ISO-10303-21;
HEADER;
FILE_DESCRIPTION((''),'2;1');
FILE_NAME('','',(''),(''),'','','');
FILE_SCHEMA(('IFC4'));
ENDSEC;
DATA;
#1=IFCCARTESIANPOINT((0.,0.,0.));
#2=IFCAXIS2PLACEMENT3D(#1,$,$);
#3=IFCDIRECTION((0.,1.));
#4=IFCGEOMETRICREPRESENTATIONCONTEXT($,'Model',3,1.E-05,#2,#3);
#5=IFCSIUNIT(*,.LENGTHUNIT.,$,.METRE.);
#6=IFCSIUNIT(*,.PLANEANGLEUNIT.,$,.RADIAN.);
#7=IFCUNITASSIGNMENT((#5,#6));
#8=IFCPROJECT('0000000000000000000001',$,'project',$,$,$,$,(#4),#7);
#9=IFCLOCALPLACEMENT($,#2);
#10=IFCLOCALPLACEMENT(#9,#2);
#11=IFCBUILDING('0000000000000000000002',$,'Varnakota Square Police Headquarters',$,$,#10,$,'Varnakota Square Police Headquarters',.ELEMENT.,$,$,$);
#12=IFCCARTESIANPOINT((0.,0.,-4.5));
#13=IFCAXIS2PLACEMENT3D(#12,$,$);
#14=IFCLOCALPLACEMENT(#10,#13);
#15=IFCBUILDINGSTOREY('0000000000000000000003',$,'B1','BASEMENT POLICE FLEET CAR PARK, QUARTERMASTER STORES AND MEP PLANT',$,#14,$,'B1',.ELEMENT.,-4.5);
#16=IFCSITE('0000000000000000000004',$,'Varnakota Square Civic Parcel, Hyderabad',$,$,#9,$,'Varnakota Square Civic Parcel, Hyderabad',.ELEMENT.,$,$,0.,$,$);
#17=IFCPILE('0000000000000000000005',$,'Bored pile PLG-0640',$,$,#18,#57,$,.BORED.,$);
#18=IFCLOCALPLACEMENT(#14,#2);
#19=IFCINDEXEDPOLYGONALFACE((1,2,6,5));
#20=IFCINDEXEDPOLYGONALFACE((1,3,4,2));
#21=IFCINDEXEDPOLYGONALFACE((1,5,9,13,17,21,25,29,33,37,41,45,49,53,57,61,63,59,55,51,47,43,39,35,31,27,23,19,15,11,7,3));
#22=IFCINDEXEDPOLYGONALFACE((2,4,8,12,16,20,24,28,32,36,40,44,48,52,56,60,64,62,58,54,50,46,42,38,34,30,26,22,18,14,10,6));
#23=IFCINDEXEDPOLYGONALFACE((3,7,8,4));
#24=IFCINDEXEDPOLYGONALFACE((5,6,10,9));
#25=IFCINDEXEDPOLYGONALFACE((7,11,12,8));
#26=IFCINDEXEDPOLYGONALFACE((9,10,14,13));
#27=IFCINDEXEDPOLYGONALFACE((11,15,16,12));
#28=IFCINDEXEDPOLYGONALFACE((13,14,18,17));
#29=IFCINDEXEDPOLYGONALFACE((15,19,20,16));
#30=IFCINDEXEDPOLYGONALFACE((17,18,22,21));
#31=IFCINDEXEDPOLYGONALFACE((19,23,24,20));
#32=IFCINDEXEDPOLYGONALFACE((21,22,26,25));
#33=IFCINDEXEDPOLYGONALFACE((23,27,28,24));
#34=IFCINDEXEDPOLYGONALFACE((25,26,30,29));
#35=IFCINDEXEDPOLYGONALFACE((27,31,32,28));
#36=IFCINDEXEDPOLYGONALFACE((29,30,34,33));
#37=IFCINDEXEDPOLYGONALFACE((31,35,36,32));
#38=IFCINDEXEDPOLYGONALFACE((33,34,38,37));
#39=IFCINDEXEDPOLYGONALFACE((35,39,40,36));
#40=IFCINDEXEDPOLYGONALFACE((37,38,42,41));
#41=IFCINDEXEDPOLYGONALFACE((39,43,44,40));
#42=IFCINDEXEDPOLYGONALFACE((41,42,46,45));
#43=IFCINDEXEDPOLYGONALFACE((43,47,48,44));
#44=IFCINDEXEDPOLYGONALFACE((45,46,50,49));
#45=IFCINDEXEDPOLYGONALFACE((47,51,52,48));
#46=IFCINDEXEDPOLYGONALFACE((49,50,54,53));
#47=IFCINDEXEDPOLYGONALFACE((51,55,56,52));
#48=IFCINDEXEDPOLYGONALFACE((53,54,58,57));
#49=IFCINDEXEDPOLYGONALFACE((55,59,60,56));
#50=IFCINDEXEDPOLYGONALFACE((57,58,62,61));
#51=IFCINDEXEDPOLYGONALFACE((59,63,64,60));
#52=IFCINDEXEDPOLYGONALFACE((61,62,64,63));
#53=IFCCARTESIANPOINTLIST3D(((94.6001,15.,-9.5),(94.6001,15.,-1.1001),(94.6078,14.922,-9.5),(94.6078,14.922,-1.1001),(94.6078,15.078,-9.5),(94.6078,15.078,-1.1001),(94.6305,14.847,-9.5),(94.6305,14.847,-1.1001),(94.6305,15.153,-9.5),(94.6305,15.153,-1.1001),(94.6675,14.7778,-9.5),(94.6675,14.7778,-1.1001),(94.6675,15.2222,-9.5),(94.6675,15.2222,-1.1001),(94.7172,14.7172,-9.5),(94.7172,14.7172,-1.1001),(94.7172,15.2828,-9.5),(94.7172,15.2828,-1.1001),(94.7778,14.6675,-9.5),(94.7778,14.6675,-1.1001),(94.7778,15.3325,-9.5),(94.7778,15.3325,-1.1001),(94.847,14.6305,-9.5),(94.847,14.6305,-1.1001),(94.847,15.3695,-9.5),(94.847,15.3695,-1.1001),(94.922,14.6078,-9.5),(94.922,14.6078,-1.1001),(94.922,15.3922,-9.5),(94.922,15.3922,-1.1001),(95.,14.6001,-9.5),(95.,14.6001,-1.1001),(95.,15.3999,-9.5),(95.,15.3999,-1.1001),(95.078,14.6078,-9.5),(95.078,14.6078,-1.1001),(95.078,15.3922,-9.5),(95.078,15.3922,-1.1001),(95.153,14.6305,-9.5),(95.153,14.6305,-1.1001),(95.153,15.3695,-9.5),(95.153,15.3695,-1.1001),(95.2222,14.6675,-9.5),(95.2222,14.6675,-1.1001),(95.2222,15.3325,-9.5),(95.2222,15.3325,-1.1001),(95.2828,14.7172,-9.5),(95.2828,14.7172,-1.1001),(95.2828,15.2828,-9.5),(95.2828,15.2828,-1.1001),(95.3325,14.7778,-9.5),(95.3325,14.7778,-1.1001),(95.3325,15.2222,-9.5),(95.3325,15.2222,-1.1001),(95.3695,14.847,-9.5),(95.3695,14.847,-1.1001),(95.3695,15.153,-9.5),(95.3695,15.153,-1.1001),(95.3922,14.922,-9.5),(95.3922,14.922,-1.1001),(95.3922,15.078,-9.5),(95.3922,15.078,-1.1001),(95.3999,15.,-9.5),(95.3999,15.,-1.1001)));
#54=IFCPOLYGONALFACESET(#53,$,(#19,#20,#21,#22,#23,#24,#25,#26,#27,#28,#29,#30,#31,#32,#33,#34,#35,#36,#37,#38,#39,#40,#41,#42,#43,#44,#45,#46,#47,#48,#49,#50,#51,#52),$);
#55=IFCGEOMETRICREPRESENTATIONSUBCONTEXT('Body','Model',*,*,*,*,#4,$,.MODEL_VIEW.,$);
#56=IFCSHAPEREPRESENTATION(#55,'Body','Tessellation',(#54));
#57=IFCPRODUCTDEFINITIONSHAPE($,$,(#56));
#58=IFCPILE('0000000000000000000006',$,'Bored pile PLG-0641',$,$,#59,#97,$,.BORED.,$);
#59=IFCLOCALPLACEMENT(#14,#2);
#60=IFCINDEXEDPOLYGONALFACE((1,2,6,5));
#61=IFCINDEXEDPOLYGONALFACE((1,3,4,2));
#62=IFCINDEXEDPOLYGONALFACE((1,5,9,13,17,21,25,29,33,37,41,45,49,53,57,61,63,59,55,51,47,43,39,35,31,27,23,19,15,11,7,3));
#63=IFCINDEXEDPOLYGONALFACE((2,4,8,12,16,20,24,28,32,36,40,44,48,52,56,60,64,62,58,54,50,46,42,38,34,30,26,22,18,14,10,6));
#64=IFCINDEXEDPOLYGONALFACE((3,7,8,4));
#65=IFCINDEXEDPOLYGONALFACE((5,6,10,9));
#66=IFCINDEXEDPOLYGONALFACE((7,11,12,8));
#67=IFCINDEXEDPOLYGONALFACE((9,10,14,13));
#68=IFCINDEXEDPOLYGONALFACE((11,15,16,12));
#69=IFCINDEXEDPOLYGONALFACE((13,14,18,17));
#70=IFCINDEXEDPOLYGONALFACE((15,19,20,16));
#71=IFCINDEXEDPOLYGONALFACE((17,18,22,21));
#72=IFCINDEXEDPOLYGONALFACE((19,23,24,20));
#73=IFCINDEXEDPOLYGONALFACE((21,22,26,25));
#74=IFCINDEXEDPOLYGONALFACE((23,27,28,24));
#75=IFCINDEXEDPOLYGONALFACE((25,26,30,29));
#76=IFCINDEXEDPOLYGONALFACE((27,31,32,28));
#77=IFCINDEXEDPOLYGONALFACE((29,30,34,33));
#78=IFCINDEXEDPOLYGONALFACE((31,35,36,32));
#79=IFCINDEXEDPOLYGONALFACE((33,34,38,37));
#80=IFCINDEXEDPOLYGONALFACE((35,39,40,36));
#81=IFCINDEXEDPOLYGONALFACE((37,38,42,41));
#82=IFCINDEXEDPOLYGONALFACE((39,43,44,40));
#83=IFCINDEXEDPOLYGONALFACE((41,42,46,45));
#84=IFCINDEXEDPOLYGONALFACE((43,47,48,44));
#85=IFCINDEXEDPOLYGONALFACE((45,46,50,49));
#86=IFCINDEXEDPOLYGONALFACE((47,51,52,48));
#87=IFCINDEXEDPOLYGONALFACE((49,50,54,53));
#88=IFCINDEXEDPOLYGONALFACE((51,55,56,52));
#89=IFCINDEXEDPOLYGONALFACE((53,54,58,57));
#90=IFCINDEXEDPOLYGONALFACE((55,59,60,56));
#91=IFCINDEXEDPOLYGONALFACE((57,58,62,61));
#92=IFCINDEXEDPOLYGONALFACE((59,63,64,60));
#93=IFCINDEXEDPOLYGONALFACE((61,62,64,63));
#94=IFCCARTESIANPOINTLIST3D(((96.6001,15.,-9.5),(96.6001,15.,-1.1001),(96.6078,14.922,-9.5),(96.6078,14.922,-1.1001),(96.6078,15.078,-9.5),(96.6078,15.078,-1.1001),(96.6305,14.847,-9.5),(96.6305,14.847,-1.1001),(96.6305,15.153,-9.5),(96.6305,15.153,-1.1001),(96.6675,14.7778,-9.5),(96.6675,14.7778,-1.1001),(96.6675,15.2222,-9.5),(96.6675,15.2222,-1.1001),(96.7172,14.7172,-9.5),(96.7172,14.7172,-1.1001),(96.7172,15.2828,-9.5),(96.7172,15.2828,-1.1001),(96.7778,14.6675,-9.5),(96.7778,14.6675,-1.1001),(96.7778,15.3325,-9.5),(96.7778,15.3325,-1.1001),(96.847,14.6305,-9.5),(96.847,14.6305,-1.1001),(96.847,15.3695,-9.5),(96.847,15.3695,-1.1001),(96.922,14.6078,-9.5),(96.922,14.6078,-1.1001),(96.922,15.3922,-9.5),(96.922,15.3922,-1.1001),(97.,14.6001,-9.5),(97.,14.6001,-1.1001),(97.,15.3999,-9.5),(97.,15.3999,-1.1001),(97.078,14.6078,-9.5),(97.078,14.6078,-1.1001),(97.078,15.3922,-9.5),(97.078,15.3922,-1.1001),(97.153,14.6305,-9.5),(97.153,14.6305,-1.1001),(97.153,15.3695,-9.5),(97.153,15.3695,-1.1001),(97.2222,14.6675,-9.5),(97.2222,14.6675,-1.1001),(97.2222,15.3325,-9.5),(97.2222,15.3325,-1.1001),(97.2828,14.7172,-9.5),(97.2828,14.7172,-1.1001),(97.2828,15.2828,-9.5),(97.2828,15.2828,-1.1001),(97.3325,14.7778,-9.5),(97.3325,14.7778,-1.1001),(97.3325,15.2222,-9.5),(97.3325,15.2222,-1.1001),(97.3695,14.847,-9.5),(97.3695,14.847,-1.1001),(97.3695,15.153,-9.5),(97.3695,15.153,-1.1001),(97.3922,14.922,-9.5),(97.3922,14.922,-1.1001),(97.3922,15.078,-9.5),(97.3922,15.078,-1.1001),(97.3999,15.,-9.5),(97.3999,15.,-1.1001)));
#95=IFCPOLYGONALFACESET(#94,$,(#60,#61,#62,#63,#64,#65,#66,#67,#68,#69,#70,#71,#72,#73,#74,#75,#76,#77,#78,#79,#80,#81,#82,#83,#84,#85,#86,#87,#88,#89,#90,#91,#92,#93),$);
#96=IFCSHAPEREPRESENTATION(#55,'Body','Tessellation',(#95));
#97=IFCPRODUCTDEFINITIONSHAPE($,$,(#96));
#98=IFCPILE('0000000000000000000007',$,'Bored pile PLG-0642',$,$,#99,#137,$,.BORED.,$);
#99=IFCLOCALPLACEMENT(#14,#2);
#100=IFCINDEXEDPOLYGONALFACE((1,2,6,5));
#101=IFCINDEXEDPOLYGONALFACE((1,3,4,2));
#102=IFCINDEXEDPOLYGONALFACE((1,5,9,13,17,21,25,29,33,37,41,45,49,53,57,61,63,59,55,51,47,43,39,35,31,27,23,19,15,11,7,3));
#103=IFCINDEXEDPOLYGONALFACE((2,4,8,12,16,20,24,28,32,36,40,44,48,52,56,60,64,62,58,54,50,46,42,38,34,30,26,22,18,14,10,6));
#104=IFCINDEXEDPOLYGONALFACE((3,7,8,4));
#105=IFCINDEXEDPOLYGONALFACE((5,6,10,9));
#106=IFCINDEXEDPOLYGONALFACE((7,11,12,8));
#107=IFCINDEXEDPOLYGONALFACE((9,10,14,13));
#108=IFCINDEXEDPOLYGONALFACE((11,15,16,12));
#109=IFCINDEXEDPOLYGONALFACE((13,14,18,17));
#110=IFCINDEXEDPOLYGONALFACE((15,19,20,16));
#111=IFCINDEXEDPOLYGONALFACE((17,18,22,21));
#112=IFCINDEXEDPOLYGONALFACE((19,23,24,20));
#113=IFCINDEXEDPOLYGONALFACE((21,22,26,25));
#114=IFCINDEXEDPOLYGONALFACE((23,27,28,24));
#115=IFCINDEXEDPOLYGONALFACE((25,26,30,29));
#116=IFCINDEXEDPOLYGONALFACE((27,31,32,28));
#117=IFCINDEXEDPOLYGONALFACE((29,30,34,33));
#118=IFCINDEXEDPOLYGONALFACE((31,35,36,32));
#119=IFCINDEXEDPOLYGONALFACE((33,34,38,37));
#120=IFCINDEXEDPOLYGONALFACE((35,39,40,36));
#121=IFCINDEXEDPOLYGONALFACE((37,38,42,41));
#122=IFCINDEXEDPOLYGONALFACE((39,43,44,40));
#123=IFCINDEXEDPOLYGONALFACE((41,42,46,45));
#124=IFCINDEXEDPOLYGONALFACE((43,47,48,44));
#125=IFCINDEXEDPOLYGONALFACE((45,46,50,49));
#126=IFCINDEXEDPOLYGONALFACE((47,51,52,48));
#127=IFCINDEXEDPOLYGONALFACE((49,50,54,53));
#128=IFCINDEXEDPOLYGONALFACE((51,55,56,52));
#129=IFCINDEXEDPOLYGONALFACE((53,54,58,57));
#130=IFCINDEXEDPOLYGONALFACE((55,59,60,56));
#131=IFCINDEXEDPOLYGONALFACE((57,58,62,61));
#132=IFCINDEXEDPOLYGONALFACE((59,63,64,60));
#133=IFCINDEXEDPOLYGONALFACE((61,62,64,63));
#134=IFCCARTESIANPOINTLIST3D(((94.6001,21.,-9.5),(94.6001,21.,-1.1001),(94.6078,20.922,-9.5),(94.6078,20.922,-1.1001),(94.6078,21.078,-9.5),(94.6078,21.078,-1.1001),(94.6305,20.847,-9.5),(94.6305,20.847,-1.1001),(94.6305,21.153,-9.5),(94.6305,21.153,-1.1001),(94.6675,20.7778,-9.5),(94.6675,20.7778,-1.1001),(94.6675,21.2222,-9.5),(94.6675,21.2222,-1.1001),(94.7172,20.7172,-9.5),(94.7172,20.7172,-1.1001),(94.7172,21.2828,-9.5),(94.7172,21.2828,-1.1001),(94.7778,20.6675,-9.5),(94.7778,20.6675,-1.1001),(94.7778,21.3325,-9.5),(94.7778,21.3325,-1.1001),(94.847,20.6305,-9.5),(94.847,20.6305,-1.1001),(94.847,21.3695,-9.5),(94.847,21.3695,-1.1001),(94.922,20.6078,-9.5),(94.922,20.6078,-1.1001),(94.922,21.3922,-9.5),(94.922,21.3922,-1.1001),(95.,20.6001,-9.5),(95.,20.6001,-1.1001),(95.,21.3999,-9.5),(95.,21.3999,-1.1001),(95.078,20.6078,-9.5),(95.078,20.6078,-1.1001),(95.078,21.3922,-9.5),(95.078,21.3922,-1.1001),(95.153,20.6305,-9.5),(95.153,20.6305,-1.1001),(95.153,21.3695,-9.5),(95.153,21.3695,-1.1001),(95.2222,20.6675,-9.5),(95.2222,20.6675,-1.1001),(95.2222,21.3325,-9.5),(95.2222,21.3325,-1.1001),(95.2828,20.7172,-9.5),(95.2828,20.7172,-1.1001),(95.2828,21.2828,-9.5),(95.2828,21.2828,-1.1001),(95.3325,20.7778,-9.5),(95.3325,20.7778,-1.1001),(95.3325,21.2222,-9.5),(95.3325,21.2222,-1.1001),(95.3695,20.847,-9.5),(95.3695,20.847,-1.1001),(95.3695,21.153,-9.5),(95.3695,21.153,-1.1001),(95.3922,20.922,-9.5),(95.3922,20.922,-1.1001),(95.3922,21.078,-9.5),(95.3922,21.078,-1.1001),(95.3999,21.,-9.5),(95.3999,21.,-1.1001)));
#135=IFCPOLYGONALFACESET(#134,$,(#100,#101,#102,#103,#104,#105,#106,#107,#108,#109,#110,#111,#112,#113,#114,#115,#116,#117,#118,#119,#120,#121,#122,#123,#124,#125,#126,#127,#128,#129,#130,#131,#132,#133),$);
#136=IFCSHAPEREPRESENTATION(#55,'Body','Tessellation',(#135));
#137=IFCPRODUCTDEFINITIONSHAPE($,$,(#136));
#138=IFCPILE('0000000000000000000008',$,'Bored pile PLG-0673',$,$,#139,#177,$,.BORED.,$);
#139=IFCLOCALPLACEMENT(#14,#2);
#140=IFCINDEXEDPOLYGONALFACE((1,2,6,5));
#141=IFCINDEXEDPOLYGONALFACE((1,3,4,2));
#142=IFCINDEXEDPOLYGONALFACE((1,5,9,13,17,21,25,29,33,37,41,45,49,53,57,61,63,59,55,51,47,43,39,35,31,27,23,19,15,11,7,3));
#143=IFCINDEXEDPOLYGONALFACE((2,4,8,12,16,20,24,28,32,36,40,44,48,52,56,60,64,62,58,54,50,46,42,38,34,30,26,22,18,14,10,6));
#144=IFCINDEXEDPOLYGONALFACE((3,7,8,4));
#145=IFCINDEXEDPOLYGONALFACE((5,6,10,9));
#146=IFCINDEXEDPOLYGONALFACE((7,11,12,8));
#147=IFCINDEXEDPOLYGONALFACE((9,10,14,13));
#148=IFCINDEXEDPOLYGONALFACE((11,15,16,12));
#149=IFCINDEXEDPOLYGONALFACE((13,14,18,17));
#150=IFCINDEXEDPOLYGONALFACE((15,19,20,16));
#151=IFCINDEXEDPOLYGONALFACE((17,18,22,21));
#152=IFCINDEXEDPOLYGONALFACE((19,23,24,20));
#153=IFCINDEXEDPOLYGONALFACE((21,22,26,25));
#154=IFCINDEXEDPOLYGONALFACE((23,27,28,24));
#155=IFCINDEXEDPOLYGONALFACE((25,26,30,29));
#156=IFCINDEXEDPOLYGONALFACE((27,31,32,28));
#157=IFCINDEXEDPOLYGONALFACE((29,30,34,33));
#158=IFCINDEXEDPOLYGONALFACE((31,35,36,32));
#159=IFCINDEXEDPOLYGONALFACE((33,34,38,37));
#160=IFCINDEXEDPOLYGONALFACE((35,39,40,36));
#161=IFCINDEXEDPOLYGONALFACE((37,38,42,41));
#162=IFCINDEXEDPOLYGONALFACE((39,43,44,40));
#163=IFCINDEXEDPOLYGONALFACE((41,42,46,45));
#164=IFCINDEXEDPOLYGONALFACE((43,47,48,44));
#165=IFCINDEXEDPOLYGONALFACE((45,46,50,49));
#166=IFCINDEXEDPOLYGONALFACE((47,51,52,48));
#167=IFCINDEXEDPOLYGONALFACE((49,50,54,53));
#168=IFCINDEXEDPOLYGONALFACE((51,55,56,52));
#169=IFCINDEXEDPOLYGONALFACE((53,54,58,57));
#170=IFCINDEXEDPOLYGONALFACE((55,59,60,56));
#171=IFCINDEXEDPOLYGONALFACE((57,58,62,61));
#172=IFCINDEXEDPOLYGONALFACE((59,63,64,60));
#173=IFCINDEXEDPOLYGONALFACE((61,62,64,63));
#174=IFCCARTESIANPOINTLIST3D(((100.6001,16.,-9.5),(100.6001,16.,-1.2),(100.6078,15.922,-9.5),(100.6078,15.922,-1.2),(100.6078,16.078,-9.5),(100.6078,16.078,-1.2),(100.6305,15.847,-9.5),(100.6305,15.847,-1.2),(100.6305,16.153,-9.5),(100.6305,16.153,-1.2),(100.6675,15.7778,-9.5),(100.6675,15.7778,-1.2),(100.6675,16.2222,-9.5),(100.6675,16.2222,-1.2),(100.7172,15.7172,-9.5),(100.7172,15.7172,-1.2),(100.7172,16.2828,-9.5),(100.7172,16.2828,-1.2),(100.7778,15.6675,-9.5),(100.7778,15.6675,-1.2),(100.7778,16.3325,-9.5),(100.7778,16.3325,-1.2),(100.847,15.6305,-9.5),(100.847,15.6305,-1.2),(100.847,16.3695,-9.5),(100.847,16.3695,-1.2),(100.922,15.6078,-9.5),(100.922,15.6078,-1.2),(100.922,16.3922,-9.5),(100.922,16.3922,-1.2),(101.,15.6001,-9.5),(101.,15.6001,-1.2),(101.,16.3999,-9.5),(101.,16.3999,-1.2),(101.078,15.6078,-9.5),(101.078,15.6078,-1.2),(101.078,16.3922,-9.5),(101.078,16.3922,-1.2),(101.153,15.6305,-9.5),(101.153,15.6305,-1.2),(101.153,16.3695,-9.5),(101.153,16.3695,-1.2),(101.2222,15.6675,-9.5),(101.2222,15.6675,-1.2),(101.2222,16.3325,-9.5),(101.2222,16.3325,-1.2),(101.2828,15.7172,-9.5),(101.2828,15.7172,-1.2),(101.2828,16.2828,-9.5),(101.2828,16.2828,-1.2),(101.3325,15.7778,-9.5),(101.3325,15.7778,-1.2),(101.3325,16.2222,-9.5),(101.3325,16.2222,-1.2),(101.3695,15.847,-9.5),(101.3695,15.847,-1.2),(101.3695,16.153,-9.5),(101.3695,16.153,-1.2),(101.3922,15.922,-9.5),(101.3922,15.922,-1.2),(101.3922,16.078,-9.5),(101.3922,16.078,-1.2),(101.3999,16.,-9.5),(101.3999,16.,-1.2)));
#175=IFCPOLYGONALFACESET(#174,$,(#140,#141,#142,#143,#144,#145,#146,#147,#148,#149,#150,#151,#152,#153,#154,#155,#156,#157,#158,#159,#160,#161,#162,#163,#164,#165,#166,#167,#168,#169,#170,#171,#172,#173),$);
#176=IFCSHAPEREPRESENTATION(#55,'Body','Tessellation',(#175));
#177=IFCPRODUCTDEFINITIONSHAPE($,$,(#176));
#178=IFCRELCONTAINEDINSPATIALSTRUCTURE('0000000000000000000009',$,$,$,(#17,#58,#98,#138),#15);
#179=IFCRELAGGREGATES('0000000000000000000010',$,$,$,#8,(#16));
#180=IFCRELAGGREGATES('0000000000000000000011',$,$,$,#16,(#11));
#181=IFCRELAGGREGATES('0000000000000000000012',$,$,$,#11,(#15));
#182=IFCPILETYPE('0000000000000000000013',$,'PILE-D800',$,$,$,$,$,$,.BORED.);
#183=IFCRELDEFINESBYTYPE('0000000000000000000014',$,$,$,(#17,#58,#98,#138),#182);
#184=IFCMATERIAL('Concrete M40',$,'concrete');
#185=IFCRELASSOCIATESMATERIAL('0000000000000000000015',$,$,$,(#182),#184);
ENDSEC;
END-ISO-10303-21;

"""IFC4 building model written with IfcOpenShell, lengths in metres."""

from ifc_helpers import new_model, si_unit, direction, frame, origin, origin_2d, place, context, subcontext, project, spatial, circle, extrude, material, material_profile, profile_set, type_object, element, save


model = new_model("IFC4")

# Units and contexts
model_context = context("Model", 3, precision=1e-05, world=origin(), true_north=direction((0.0, 1.0)))
body_context = subcontext(model_context, "Body", "Model", "MODEL_VIEW")
ifc_project = project(units=[si_unit("LENGTHUNIT", "METRE"), si_unit("PLANEANGLEUNIT", "RADIAN")], contexts=[model_context])

# Site, building, storey
site_placement = place(None, origin())
site = spatial("IfcSite", under=ifc_project, at=site_placement, Name="Varnakota Square Civic Parcel, Hyderabad", LongName="Varnakota Square Civic Parcel, Hyderabad", CompositionType="ELEMENT", RefElevation=0.0)
building_placement = place(site_placement, origin())
building = spatial("IfcBuilding", under=site, at=building_placement, Name="Varnakota Square Police Headquarters", LongName="Varnakota Square Police Headquarters", CompositionType="ELEMENT")
storey_placement = place(building_placement, frame((0.0, 0.0, -4.5)))
storey = spatial("IfcBuildingStorey", under=building, at=storey_placement, Name="B1", Description="BASEMENT POLICE FLEET CAR PARK, QUARTERMASTER STORES AND MEP PLANT", LongName="B1", CompositionType="ELEMENT", Elevation=-4.5)

# Shared definitions
ifc_material_1 = material(Name="Concrete M40", Category="concrete")

# Piles
ifc_material_profile_1 = material_profile(ifc_material_1, circle(Radius=0.3999, at=origin_2d()), Name="BORED PILE 800")
ifc_profile_set_1 = profile_set([ifc_material_profile_1], Name="Concrete M40")
pile_type = type_object("IfcPileType", Name="PILE-D800", PredefinedType="BORED", material=ifc_profile_set_1)
for number, where, z_axis, x_axis, name in (
    (1, (95.0, 15.0, -1.1001), (0.0, 0.0, -1.0), (1.0, 0.0, 0.0), "Bored pile PLG-0640"),
    (2, (97.0, 15.0, -1.1001), (0.0, 0.0, -1.0), (1.0, 0.0, 0.0), "Bored pile PLG-0641"),
    (3, (95.0, 21.0, -1.1001), (0.0, 0.0, -1.0), (1.0, 0.0, 0.0), "Bored pile PLG-0642"),
):
    element("IfcPile", number, at=place(storey_placement, frame(where, z_axis=z_axis, x_axis=x_axis)), inside=storey, type_object=pile_type, Name=name, PredefinedType="BORED", context=body_context, shape_type="SweptSolid", body=[
        extrude(circle(Radius=0.3999, at=origin_2d()), origin(), (0.0, 0.0, 1.0), 8.3999),
    ])
for number, where, z_axis, x_axis, name in (
    (4, (101.0, 16.0, -1.2), (0.0, 0.0, -1.0), (1.0, 0.0, 0.0), "Bored pile PLG-0673"),
):
    element("IfcPile", number, at=place(storey_placement, frame(where, z_axis=z_axis, x_axis=x_axis)), inside=storey, type_object=pile_type, Name=name, PredefinedType="BORED", context=body_context, shape_type="SweptSolid", body=[
        extrude(circle(Radius=0.3999, at=origin_2d()), origin(), (0.0, 0.0, 1.0), 8.3),
    ])

save(model, "model.ifc")
